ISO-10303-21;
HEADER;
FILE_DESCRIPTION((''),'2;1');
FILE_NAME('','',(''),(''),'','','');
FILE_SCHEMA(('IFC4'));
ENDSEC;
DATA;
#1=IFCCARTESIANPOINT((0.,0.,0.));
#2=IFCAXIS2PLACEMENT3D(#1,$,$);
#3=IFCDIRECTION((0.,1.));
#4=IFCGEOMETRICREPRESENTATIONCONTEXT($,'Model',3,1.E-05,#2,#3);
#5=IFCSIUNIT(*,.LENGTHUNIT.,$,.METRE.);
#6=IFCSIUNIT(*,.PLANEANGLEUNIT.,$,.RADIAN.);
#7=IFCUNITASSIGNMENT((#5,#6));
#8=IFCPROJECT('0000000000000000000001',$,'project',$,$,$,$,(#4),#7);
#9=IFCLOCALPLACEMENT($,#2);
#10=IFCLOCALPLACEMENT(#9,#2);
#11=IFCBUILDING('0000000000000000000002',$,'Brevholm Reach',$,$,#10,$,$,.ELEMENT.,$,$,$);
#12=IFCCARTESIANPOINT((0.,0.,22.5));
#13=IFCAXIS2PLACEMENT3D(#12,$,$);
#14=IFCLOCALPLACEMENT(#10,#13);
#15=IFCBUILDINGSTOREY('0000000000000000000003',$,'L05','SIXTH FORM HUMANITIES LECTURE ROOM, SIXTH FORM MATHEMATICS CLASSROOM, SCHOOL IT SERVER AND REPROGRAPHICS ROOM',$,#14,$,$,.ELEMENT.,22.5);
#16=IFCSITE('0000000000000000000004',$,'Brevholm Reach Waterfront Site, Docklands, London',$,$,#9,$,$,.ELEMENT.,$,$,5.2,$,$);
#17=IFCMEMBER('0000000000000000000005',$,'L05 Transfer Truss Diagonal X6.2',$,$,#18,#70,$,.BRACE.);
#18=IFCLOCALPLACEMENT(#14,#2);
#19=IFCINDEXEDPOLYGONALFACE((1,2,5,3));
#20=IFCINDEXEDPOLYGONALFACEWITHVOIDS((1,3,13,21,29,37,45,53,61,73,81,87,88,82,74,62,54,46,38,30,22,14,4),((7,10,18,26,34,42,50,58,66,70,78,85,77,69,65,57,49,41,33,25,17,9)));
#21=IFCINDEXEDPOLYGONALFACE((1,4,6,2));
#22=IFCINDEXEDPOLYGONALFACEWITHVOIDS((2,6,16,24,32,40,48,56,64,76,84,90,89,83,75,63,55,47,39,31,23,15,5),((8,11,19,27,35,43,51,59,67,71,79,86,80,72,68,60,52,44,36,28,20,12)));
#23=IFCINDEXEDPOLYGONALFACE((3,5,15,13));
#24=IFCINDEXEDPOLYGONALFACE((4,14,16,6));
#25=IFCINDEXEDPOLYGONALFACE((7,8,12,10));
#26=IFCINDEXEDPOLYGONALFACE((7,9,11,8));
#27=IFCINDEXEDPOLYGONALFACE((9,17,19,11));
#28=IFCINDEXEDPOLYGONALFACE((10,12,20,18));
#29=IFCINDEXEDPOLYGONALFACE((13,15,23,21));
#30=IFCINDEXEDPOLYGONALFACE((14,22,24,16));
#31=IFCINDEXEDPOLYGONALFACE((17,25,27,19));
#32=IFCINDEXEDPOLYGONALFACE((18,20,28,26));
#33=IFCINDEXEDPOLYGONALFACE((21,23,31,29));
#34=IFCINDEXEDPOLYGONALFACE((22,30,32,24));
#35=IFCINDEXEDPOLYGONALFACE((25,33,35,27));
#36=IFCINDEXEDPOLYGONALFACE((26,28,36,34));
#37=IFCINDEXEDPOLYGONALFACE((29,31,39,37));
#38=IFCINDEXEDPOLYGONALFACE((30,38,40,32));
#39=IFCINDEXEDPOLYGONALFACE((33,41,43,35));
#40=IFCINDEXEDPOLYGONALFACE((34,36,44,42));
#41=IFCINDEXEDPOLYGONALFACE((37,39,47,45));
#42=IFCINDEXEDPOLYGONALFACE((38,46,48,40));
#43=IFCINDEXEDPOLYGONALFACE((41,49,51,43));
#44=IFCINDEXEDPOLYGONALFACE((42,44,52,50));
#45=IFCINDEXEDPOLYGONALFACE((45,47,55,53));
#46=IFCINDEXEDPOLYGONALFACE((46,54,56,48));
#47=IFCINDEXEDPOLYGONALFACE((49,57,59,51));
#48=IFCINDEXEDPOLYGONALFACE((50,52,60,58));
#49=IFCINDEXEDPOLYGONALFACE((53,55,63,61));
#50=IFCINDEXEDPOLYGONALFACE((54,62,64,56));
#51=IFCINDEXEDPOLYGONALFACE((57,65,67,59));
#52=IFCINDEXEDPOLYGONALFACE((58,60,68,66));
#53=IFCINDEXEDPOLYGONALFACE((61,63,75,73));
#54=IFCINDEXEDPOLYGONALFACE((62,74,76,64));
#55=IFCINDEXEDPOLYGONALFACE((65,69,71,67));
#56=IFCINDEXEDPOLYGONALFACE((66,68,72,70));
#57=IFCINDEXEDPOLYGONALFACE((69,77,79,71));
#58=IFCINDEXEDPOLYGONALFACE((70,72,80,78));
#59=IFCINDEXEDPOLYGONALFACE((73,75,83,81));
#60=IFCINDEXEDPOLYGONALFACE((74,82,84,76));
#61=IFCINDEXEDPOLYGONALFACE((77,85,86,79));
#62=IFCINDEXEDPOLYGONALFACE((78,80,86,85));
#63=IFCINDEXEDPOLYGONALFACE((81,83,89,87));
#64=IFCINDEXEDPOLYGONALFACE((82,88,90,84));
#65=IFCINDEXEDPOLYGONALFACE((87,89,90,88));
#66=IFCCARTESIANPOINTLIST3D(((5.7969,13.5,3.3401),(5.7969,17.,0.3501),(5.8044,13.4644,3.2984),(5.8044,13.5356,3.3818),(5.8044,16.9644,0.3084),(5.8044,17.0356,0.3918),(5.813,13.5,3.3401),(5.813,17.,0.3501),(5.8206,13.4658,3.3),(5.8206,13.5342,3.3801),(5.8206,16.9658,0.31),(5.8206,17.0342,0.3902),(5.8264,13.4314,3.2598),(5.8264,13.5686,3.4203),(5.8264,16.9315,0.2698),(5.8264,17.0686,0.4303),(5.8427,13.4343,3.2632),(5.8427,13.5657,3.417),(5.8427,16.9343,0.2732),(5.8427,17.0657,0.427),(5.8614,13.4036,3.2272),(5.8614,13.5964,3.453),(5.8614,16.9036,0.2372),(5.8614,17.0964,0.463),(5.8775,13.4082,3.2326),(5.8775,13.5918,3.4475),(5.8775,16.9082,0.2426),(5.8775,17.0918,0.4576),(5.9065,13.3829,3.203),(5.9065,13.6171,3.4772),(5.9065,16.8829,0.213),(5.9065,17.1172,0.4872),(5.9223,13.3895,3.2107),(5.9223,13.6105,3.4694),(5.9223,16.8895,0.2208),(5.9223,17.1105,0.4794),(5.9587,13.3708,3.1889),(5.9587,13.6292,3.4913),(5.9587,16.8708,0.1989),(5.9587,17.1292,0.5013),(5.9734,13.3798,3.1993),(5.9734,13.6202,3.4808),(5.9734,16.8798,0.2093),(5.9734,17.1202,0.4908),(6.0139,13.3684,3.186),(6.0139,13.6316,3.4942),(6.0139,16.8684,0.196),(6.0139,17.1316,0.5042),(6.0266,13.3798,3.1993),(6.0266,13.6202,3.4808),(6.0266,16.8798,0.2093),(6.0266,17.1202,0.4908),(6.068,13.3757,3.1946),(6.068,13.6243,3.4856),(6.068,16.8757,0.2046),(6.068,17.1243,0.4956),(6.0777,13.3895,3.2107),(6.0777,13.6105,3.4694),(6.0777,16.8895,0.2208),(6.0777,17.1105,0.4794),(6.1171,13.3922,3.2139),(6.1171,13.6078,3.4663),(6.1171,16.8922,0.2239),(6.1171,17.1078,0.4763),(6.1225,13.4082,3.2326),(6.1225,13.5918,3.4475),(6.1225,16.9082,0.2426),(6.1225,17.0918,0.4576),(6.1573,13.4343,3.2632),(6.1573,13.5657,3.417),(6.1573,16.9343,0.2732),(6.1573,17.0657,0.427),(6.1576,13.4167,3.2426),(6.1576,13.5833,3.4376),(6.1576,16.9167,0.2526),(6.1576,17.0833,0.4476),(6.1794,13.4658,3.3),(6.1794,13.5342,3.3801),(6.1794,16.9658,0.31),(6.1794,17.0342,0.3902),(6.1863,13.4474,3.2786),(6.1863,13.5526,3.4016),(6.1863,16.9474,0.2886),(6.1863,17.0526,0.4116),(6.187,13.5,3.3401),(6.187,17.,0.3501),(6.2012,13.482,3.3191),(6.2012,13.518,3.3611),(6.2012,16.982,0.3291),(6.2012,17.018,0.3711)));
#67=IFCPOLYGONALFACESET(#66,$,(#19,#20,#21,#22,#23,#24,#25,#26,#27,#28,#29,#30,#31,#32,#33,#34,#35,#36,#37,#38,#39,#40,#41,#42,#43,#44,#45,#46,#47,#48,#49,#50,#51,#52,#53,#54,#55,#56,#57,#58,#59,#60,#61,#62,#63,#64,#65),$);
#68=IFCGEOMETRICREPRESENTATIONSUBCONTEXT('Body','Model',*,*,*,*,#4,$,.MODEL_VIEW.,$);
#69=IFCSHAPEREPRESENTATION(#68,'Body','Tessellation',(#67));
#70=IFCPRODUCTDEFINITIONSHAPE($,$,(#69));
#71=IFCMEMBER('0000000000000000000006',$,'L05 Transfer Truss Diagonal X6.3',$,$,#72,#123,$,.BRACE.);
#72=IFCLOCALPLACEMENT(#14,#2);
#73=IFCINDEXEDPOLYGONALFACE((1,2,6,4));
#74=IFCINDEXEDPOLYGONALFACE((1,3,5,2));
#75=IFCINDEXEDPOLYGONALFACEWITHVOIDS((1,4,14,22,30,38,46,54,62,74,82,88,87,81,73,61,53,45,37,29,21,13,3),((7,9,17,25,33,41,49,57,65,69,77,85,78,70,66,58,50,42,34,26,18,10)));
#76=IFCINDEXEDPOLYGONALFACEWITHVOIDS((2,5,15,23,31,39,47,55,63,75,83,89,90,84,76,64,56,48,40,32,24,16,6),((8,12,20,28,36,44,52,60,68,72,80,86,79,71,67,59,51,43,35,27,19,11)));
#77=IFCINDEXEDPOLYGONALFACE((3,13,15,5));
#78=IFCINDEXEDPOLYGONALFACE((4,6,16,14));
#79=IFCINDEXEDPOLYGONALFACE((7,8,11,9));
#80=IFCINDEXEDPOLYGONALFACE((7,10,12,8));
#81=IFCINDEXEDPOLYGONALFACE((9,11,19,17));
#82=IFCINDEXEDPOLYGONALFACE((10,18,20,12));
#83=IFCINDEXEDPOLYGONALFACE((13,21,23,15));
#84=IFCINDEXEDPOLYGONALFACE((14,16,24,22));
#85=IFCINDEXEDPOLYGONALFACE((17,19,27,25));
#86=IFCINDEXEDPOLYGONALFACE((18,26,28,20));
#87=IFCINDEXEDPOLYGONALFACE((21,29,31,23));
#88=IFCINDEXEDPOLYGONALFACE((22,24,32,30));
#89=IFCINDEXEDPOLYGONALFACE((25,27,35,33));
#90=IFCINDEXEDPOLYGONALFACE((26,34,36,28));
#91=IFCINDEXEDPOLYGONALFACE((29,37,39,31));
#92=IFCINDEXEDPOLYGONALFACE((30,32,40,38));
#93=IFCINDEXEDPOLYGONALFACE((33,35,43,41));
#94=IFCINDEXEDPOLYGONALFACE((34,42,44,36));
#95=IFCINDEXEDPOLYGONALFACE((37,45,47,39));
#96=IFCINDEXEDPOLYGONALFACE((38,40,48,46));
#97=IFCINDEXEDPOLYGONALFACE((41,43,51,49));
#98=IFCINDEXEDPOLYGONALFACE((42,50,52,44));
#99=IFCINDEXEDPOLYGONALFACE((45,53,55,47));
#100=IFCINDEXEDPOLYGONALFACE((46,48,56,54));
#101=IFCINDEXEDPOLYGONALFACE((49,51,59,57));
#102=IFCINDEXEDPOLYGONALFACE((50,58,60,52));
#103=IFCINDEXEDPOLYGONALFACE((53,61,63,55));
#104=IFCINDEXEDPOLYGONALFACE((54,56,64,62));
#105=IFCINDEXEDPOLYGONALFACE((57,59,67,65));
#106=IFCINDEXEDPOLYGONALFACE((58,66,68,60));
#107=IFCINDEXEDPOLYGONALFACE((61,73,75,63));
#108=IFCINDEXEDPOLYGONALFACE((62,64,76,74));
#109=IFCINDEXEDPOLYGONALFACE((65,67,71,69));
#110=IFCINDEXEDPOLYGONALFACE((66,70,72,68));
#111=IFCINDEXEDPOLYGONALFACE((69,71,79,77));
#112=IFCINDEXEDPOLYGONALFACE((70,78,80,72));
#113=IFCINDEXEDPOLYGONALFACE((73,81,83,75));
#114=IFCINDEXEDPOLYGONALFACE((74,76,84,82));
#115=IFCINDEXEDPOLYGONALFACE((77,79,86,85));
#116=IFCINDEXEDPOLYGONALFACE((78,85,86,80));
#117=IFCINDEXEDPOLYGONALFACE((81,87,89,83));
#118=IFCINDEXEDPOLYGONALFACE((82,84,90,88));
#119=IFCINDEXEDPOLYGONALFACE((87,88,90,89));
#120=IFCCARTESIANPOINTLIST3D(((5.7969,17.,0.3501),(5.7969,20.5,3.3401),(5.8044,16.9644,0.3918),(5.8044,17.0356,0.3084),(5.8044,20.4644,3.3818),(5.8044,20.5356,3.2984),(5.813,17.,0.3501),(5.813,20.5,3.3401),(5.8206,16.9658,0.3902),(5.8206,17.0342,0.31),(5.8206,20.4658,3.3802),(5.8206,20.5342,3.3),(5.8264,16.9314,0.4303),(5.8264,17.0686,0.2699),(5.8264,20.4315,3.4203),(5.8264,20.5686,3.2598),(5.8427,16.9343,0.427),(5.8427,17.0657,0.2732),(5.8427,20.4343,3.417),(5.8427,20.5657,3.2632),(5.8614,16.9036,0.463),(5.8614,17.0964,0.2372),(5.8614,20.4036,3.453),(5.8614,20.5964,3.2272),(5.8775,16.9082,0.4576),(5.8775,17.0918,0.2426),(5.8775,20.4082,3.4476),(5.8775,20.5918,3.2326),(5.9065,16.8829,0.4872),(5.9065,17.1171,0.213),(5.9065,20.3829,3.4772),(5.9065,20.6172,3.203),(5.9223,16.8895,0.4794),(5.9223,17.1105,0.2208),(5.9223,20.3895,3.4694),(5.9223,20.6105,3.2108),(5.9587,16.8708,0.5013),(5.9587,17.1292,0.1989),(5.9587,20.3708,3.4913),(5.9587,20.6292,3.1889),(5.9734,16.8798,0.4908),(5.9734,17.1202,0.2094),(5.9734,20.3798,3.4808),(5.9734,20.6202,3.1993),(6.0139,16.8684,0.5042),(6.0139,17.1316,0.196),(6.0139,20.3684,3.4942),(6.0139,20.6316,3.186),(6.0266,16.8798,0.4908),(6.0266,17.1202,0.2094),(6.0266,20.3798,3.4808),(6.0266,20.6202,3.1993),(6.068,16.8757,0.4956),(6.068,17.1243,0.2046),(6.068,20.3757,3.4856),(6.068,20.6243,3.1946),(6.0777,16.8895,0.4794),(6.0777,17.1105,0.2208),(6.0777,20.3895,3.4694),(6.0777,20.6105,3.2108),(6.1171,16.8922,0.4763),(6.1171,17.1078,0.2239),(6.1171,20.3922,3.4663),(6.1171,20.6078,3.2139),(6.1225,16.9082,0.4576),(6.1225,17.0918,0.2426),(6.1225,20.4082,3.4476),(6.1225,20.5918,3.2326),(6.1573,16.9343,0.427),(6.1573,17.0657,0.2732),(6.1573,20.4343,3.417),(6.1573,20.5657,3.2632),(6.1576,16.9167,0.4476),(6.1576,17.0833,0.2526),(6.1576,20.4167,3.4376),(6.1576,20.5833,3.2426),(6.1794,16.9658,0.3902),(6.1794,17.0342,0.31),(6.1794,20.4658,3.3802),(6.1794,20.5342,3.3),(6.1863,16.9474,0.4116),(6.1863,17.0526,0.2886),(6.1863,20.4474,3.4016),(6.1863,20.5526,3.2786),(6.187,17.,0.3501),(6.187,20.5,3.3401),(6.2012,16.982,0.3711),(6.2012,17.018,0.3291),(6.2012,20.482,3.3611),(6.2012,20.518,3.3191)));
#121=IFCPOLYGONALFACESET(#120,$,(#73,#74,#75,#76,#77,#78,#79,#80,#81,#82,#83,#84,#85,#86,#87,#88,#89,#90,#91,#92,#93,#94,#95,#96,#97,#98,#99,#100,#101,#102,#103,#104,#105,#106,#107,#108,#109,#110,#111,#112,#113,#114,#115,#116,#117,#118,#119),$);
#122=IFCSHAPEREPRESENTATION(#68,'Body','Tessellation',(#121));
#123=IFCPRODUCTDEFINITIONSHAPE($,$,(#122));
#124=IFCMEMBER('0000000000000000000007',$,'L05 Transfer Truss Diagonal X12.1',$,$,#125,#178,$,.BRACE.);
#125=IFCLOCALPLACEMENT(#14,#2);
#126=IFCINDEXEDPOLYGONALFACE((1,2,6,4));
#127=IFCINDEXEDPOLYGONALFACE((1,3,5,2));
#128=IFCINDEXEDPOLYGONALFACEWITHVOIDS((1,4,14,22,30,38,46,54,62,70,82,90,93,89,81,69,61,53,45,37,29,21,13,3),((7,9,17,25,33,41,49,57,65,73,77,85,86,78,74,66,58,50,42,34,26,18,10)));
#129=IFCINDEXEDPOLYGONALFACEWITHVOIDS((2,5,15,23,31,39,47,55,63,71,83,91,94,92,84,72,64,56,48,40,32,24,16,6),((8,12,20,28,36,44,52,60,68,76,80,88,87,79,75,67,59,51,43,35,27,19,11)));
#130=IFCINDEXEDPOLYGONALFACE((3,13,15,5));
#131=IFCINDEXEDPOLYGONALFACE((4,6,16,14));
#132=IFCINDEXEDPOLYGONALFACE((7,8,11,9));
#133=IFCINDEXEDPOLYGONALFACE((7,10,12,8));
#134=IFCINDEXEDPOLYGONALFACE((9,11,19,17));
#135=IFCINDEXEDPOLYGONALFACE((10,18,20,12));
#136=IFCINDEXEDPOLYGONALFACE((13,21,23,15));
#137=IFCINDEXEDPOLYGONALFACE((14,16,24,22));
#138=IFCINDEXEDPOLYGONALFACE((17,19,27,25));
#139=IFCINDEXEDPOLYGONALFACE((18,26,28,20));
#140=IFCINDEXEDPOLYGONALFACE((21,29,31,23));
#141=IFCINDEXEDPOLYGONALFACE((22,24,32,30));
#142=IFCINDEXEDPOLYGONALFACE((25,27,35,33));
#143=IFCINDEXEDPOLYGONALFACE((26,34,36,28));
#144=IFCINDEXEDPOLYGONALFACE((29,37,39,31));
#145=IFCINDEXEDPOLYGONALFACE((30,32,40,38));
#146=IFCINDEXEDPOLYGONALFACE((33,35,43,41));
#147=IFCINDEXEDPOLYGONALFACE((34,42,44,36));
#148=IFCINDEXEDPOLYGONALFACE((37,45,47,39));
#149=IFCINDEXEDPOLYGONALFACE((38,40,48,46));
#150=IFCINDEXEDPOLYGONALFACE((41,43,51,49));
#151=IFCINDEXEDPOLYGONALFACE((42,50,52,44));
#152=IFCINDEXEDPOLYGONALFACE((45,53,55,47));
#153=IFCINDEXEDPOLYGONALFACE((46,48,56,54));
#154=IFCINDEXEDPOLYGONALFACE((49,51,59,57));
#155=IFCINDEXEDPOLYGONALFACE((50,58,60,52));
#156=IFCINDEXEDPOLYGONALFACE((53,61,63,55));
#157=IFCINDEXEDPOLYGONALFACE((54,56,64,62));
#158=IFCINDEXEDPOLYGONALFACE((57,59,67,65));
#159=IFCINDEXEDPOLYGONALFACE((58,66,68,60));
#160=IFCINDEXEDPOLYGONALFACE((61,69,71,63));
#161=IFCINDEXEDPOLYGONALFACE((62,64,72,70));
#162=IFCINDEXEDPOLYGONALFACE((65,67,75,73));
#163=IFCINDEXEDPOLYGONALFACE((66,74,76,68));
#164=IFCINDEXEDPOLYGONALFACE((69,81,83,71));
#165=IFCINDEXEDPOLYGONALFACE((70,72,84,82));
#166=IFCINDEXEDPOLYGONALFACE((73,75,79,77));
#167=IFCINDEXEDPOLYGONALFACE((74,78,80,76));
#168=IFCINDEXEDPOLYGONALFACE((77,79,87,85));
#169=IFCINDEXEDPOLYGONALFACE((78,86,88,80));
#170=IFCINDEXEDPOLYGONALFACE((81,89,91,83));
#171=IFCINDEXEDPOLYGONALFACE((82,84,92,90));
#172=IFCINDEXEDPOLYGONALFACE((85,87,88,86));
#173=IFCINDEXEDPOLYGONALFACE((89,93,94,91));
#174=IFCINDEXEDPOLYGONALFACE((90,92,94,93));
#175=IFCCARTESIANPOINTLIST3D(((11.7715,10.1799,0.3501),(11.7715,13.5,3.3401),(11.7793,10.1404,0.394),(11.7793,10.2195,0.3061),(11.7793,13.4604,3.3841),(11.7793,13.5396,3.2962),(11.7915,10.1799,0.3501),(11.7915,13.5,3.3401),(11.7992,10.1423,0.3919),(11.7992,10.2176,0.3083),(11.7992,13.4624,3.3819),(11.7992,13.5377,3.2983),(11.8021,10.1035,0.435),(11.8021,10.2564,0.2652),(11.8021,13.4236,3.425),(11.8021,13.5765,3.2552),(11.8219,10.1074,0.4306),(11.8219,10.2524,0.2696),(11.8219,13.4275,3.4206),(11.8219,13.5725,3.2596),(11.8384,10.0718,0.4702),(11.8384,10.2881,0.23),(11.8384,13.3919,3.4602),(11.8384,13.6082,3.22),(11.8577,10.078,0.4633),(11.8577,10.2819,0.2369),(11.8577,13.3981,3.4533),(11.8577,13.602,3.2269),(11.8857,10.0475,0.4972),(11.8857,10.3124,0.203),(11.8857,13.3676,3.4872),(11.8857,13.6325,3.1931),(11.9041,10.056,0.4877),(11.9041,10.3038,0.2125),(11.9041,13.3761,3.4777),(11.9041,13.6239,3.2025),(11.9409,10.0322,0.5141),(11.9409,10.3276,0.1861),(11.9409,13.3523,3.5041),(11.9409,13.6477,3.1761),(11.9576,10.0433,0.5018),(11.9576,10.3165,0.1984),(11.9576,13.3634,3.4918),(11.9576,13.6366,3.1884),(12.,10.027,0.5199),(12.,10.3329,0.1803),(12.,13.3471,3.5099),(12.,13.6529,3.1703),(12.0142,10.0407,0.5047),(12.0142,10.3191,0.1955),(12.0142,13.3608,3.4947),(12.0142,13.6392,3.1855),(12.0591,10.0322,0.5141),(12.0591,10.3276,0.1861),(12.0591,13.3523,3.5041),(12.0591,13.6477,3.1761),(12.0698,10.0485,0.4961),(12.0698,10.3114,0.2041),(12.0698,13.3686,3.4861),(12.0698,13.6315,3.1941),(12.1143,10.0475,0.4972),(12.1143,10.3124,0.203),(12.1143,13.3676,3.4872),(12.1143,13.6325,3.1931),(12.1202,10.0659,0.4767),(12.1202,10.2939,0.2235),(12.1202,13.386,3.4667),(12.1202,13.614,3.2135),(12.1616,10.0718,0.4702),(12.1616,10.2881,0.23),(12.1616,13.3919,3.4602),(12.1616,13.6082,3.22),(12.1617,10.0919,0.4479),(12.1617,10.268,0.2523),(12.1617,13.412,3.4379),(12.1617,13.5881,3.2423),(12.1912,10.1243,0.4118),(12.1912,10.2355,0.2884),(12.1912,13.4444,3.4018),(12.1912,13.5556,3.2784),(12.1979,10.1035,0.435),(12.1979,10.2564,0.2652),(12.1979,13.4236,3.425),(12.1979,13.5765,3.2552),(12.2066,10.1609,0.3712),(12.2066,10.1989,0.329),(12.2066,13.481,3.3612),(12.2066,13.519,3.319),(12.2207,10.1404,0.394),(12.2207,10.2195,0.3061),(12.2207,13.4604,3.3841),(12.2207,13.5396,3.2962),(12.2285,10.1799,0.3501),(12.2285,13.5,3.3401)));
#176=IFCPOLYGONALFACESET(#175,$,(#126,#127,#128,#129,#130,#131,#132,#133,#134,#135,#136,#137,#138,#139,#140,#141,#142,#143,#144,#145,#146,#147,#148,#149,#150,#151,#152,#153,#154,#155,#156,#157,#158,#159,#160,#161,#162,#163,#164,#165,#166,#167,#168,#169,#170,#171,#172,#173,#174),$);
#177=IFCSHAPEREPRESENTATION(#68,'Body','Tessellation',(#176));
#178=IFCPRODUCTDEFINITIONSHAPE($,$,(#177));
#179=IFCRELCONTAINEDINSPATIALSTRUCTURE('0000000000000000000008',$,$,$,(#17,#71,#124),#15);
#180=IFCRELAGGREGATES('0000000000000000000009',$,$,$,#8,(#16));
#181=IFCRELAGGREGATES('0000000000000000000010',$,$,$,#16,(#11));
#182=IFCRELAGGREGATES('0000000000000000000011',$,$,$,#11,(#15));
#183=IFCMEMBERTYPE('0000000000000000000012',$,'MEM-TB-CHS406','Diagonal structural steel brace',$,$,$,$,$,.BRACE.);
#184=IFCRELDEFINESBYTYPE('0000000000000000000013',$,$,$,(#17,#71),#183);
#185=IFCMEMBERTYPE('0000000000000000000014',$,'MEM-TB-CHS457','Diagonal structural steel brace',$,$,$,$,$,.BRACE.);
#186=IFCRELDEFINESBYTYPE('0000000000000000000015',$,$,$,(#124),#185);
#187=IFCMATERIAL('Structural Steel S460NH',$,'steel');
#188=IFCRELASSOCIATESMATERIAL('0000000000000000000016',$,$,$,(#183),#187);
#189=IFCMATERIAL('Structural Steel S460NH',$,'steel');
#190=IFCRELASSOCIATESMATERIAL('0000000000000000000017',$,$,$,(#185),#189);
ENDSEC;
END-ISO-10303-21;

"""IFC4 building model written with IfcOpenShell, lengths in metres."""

from ifc_helpers import new_model, si_unit, direction, frame, origin, origin_2d, place, context, subcontext, project, spatial, hollow_circle, extrude, material, material_profile, profile_set, type_object, element, save


model = new_model("IFC4")

# Units and contexts
model_context = context("Model", 3, precision=1e-05, world=origin(), true_north=direction((0.0, 1.0)))
body_context = subcontext(model_context, "Body", "Model", "MODEL_VIEW")
ifc_project = project(units=[si_unit("LENGTHUNIT", "METRE"), si_unit("PLANEANGLEUNIT", "RADIAN")], contexts=[model_context])

# Site, building, storey
site_placement = place(None, origin())
site = spatial("IfcSite", under=ifc_project, at=site_placement, Name="Brevholm Reach Waterfront Site, Docklands, London", CompositionType="ELEMENT", RefElevation=5.2)
building_placement = place(site_placement, origin())
building = spatial("IfcBuilding", under=site, at=building_placement, Name="Brevholm Reach", CompositionType="ELEMENT")
storey_placement = place(building_placement, frame((0.0, 0.0, 22.5)))
storey = spatial("IfcBuildingStorey", under=building, at=storey_placement, Name="L05", Description="SIXTH FORM HUMANITIES LECTURE ROOM, SIXTH FORM MATHEMATICS CLASSROOM, SCHOOL IT SERVER AND REPROGRAPHICS ROOM", CompositionType="ELEMENT", Elevation=22.5)

# Members
ifc_material_1 = material(Name="Structural Steel S460NH", Category="steel")
ifc_material_profile_1 = material_profile(ifc_material_1, hollow_circle(Radius=0.2031, WallThickness=0.0161, at=origin_2d()), Name="CHS 406.4x16")
ifc_profile_set_1 = profile_set([ifc_material_profile_1], Name="Structural Steel S460NH")
member_type_1 = type_object("IfcMemberType", Name="MEM-TB-CHS406", Description="Diagonal structural steel brace", PredefinedType="BRACE", material=ifc_profile_set_1)
for number, where, z_axis, x_axis, name in (
    (1, (6.0, 13.5, 3.3401), (0.0, 0.76033, -0.649537), (-1.0, 0.0, 0.0), "L05 Transfer Truss Diagonal X6.2"),
    (2, (6.0, 17.0, 0.3501), (0.0, 0.76033, 0.649537), (-1.0, 0.0, 0.0), "L05 Transfer Truss Diagonal X6.3"),
):
    element("IfcMember", number, at=place(storey_placement, frame(where, z_axis=z_axis, x_axis=x_axis)), inside=storey, type_object=member_type_1, Name=name, PredefinedType="BRACE", context=body_context, shape_type="SweptSolid", body=[
        extrude(hollow_circle(Radius=0.2031, WallThickness=0.0161, at=origin_2d()), origin(), (0.0, 0.0, 1.0), 4.6033),
    ])
ifc_material_2 = material(Name="Structural Steel S460NH", Category="steel")
ifc_material_profile_2 = material_profile(ifc_material_2, hollow_circle(Radius=0.2285, WallThickness=0.02, at=origin_2d()), Name="CHS 457x20")
ifc_profile_set_2 = profile_set([ifc_material_profile_2], Name="Structural Steel S460NH")
member_type_2 = type_object("IfcMemberType", Name="MEM-TB-CHS457", Description="Diagonal structural steel brace", PredefinedType="BRACE", material=ifc_profile_set_2)
member_1_placement = place(storey_placement, frame((12.0, 10.1799, 0.3501), z_axis=(0.0, 0.743079, 0.669203), x_axis=(-1.0, 0.0, 0.0)))
element("IfcMember", 3, at=member_1_placement, inside=storey, type_object=member_type_2, Name="L05 Transfer Truss Diagonal X12.1", PredefinedType="BRACE", context=body_context, shape_type="SweptSolid", body=[
    extrude(hollow_circle(Radius=0.2285, WallThickness=0.02, at=origin_2d()), origin(), (0.0, 0.0, 1.0), 4.468),
])

save(model, "model.ifc")
